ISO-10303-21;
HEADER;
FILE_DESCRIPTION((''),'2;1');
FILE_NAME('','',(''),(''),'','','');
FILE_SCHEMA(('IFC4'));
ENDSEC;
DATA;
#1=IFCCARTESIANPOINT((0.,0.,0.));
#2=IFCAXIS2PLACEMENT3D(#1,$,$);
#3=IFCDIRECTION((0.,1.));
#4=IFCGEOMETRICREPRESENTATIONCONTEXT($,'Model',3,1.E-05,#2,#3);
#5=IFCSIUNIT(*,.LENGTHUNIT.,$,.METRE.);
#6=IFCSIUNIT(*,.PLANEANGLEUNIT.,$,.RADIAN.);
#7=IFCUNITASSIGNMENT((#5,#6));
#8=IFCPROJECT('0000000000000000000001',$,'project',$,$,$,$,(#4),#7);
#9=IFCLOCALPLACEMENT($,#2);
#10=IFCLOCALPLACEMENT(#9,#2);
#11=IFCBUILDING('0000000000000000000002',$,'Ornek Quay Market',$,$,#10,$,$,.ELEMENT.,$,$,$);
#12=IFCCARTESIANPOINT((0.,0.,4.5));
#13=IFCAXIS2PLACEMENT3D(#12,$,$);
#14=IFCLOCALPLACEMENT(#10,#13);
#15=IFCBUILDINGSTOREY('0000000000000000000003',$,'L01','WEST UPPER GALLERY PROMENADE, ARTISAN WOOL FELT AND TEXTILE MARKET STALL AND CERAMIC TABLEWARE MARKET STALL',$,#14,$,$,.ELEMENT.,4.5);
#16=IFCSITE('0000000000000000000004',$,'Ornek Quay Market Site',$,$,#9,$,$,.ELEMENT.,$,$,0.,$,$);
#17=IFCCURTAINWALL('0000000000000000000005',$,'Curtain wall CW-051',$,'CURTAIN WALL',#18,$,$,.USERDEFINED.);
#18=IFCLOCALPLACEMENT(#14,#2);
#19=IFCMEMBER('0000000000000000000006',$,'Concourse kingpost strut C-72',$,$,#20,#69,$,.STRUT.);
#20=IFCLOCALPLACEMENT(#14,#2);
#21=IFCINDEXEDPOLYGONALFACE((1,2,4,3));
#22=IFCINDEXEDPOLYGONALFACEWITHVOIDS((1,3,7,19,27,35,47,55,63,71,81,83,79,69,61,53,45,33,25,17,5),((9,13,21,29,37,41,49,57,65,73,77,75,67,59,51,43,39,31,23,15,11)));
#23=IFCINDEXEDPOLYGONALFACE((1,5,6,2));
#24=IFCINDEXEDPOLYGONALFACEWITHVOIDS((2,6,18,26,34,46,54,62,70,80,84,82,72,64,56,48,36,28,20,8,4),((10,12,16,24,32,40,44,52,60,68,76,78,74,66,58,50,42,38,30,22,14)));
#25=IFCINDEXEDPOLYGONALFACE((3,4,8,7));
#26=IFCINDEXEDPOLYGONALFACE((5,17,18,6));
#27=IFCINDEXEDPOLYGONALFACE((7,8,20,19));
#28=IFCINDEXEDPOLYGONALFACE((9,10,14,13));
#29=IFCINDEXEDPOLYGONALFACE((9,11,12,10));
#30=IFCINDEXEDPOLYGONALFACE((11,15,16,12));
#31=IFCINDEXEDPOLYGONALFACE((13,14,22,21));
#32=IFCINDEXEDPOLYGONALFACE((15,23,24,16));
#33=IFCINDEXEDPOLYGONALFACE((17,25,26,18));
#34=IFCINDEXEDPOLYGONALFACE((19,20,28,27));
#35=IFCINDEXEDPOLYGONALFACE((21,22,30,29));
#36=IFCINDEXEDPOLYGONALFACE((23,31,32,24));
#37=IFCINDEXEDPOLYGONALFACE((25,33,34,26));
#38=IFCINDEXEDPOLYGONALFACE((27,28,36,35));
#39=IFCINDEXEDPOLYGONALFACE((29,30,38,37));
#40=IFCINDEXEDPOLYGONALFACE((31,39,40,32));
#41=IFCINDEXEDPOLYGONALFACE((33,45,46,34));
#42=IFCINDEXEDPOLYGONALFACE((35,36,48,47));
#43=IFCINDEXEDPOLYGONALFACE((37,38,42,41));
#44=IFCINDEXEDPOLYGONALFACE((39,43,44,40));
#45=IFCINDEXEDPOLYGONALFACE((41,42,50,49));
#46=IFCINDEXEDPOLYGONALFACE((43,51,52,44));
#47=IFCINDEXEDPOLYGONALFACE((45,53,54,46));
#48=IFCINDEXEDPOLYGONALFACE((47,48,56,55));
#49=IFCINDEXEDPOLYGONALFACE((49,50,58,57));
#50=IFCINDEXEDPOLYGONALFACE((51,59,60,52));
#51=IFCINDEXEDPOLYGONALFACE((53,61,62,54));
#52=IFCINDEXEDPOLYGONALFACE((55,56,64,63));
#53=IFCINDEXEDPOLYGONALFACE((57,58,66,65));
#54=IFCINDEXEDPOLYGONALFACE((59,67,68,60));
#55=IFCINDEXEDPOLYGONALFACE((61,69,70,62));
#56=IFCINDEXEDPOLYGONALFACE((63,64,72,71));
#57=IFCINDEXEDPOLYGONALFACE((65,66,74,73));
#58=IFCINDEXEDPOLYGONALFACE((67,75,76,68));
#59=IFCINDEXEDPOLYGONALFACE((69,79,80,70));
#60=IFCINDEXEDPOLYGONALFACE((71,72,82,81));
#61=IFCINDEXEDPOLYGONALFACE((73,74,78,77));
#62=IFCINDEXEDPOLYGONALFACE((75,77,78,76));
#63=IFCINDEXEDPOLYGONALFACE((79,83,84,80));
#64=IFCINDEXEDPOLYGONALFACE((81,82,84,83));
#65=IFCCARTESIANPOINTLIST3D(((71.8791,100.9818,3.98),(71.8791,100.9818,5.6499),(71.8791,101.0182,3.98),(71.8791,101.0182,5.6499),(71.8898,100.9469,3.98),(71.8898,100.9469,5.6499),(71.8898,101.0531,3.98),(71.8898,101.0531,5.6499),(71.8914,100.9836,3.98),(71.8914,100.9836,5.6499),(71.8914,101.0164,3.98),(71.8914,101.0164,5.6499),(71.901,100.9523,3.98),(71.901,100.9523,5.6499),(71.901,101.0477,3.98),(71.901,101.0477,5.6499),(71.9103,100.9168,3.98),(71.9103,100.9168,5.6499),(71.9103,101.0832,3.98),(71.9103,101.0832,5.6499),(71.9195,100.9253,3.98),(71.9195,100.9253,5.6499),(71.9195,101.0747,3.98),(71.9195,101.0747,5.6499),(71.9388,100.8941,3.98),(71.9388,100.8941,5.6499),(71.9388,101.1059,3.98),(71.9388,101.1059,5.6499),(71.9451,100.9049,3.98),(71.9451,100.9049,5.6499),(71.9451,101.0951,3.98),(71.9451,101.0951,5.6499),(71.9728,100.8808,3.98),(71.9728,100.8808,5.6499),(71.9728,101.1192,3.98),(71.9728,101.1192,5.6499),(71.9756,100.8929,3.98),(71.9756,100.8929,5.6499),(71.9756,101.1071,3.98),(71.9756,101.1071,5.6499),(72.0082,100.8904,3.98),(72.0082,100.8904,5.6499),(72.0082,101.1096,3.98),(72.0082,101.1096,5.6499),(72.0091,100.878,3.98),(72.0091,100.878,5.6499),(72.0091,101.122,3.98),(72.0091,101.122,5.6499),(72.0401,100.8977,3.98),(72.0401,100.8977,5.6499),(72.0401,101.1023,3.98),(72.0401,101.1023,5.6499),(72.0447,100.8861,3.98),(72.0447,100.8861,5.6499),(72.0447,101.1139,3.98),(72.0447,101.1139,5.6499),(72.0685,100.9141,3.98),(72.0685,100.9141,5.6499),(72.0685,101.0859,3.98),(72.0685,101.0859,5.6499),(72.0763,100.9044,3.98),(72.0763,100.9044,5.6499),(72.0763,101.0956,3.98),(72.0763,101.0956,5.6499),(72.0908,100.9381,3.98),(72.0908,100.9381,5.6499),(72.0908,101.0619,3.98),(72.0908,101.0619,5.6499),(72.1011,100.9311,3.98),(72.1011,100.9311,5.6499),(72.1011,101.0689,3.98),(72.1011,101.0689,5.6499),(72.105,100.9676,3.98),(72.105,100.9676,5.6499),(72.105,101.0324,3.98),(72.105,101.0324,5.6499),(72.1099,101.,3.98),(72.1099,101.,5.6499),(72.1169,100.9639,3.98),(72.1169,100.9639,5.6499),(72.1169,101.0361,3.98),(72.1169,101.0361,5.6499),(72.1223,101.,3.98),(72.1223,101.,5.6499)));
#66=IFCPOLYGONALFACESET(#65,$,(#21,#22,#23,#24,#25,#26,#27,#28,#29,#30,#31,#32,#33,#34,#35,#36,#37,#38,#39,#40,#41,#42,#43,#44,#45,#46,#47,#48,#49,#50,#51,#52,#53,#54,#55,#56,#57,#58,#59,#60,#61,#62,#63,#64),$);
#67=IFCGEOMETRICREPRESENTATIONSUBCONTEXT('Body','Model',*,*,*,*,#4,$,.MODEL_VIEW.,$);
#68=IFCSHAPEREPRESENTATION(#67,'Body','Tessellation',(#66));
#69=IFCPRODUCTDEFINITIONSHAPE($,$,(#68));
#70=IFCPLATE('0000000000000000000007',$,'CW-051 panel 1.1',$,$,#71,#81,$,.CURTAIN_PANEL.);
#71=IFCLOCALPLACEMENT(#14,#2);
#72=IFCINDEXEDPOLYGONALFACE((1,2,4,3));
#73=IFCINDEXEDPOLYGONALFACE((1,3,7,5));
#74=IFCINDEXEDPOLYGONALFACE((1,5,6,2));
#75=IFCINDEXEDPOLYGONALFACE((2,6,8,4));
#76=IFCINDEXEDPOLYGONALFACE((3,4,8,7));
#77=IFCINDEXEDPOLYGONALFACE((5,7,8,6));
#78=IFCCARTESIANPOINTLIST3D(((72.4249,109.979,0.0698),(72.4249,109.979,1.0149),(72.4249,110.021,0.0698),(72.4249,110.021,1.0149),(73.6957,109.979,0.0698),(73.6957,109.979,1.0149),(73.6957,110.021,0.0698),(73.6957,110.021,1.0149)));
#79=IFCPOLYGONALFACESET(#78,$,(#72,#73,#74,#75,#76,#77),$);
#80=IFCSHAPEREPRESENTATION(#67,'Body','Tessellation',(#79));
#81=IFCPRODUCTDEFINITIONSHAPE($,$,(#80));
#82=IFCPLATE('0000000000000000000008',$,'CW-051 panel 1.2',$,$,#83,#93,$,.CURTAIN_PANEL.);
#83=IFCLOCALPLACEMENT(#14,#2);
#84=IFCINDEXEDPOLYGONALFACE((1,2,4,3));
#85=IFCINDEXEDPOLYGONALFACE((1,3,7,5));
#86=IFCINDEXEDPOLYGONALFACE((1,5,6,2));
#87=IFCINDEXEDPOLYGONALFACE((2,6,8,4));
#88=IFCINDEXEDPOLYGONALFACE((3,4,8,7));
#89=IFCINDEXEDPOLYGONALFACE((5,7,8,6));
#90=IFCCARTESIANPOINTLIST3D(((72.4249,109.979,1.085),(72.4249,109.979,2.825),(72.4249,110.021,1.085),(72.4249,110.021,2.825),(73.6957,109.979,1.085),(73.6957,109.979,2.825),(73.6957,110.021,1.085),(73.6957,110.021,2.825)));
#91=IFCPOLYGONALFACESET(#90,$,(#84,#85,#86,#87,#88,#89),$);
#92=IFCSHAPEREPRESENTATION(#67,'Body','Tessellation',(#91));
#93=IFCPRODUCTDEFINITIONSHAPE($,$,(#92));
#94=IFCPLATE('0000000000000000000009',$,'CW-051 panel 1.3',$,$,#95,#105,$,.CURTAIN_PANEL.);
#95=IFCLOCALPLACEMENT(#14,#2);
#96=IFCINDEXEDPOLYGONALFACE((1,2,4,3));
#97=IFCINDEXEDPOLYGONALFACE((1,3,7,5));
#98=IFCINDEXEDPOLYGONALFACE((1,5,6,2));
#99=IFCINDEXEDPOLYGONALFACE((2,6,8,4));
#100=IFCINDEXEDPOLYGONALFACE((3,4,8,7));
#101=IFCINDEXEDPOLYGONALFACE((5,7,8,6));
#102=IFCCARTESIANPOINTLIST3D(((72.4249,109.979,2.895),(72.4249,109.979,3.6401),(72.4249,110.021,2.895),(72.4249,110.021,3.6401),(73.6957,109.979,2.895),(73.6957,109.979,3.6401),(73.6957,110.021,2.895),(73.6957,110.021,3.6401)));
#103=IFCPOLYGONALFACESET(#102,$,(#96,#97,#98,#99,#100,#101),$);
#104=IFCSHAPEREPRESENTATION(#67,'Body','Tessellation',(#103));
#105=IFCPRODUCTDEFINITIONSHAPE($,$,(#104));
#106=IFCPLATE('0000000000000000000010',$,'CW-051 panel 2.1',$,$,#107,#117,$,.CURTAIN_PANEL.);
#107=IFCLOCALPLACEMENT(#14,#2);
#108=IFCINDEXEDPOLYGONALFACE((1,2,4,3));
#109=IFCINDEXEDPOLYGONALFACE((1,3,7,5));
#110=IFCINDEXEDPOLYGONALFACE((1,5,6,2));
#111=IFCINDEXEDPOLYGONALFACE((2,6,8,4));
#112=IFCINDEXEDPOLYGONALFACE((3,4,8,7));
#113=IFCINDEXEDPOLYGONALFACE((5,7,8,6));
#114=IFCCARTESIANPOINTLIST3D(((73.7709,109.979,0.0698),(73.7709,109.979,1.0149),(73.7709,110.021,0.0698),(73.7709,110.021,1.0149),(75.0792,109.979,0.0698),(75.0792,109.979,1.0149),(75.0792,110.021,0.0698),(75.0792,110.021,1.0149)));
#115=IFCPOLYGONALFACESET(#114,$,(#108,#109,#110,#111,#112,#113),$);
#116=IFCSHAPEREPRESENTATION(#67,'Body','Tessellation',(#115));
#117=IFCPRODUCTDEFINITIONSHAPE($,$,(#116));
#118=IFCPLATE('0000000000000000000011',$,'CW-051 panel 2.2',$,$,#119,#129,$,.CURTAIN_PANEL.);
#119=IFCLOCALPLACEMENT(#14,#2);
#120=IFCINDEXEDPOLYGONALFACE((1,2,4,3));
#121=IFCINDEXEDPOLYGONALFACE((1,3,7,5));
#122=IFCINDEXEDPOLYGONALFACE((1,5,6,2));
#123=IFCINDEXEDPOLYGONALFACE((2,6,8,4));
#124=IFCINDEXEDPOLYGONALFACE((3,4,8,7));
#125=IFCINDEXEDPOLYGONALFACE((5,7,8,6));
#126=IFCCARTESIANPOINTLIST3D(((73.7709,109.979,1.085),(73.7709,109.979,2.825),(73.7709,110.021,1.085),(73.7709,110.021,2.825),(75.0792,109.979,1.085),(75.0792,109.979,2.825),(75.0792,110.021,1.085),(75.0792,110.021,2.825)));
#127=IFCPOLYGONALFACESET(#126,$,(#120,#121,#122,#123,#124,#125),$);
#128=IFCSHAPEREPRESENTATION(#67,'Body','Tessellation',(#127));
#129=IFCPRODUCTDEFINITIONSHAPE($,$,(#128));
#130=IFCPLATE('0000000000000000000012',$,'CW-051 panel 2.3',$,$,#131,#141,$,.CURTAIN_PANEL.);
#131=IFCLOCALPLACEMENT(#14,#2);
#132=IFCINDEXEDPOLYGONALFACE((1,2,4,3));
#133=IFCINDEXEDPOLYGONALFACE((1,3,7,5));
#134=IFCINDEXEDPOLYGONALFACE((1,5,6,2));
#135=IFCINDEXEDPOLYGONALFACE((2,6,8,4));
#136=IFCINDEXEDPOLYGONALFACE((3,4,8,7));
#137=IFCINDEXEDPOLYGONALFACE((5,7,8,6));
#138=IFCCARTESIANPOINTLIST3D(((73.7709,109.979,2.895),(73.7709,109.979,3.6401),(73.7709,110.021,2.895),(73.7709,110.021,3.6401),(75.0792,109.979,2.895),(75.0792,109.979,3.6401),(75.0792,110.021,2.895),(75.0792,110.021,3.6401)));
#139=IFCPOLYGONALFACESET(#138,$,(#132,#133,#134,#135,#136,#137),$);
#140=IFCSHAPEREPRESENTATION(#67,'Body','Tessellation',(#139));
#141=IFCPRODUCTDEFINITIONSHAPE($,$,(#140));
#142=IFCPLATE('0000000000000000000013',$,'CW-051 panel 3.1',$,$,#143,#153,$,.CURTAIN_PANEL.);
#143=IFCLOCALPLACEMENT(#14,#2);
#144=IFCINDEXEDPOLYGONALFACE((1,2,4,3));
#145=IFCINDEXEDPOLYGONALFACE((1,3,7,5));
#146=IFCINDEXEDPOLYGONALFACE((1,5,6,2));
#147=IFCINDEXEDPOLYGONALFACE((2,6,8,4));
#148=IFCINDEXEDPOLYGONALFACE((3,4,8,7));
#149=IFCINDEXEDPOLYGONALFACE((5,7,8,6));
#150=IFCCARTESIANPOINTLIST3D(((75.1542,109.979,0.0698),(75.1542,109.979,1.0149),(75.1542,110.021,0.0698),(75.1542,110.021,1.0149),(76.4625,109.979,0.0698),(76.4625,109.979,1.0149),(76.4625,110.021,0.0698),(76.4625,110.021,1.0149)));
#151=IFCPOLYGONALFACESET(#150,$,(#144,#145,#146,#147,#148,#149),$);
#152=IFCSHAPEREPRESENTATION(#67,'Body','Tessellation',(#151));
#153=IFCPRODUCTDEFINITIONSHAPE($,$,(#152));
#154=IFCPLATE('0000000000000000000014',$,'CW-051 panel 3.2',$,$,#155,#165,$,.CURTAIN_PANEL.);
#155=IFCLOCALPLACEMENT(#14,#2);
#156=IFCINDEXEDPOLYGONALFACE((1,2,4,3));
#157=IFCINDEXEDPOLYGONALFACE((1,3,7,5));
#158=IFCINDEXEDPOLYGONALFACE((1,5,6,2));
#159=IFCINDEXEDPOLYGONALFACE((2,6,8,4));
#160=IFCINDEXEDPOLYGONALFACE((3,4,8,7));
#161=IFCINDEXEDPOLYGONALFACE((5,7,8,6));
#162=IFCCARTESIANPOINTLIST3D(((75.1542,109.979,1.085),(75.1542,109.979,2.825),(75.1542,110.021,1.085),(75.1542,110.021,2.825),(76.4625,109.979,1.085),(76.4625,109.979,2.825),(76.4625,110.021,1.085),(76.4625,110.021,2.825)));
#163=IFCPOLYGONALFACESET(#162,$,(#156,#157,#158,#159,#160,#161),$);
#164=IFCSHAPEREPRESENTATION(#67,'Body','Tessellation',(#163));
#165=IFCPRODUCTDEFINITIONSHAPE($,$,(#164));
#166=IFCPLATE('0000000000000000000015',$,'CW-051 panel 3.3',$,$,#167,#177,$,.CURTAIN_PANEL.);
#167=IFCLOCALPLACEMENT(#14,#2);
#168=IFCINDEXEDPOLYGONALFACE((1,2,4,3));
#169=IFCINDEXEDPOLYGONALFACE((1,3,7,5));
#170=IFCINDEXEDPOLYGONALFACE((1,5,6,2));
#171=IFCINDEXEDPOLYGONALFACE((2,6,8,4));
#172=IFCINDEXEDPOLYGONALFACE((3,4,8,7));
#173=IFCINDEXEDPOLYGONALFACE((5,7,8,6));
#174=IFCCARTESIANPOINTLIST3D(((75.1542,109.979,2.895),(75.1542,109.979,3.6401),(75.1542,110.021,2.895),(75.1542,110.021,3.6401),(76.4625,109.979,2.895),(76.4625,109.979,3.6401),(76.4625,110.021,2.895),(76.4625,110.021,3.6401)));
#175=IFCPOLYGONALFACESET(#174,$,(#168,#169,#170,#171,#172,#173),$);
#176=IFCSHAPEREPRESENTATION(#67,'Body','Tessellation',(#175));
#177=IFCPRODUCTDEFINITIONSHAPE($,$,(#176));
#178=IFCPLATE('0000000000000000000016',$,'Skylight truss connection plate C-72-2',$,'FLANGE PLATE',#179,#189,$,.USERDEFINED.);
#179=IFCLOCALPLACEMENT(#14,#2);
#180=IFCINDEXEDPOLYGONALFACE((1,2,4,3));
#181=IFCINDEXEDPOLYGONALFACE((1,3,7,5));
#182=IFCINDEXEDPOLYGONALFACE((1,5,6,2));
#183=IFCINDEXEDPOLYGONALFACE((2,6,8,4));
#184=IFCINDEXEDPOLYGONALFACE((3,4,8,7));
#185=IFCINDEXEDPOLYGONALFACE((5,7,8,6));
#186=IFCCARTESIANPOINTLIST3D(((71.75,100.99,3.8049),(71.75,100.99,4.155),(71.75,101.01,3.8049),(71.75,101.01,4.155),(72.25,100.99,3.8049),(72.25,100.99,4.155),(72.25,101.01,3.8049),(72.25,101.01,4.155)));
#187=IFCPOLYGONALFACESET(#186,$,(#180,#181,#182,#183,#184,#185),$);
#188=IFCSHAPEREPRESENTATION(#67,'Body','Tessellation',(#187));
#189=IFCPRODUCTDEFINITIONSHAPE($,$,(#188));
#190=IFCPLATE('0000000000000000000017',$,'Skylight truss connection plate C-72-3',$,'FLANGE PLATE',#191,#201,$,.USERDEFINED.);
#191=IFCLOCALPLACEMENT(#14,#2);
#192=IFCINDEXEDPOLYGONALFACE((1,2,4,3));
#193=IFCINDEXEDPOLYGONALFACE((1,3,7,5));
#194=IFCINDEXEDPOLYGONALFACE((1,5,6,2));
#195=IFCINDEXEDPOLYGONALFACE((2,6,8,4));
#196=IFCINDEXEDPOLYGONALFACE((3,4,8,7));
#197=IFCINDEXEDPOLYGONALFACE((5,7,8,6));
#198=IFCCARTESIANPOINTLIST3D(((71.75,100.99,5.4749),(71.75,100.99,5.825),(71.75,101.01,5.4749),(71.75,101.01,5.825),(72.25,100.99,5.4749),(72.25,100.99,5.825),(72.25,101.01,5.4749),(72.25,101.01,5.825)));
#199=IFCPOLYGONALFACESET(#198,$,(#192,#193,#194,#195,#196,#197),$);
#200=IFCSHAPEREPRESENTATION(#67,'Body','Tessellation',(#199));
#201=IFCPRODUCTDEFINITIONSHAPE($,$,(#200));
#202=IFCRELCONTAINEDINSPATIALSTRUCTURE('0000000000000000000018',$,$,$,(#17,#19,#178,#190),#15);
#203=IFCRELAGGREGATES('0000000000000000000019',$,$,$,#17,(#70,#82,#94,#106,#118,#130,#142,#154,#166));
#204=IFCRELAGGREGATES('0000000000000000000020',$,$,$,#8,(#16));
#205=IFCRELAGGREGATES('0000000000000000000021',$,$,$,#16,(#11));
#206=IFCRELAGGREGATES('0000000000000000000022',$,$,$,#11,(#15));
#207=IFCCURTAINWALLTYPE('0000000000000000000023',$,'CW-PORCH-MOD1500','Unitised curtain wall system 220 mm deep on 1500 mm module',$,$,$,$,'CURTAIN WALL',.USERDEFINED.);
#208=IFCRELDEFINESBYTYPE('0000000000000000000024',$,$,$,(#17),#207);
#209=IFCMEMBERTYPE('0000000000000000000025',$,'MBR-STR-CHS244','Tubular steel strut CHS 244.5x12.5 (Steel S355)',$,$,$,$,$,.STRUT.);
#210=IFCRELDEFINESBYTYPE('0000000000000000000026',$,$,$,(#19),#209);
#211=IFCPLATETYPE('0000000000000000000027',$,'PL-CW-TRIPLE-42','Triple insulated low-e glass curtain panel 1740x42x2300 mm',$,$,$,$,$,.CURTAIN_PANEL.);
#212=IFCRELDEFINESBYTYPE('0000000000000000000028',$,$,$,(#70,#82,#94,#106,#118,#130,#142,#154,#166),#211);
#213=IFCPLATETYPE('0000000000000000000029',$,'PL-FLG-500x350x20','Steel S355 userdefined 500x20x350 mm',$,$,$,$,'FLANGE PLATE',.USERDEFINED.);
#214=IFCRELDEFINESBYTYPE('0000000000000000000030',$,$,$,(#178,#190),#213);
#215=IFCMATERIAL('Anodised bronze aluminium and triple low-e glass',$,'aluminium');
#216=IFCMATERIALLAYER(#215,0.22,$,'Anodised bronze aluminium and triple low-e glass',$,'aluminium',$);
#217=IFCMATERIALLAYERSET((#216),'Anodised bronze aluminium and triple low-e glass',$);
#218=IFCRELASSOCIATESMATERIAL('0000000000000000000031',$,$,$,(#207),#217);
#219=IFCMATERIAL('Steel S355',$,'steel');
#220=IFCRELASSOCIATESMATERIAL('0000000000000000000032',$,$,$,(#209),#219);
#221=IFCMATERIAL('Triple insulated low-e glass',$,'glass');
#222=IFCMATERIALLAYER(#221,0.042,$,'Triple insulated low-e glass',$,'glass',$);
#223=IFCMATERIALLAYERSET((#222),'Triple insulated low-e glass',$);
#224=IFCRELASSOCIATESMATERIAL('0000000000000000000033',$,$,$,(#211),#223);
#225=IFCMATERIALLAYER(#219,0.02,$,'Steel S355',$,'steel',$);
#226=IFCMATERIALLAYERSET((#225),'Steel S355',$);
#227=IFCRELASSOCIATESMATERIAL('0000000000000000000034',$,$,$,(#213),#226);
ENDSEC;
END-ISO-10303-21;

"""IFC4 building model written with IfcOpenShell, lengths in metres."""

from ifc_helpers import new_model, si_unit, direction, frame, origin, origin_2d, place, context, subcontext, project, spatial, rectangle, hollow_circle, extrude, material, layer, layer_set, material_profile, profile_set, type_object, element, aggregate, save


model = new_model("IFC4")

# Units and contexts
model_context = context("Model", 3, precision=1e-05, world=origin(), true_north=direction((0.0, 1.0)))
body_context = subcontext(model_context, "Body", "Model", "MODEL_VIEW")
ifc_project = project(units=[si_unit("LENGTHUNIT", "METRE"), si_unit("PLANEANGLEUNIT", "RADIAN")], contexts=[model_context])

# Site, building, storey
site_placement = place(None, origin())
site = spatial("IfcSite", under=ifc_project, at=site_placement, Name="Ornek Quay Market Site", CompositionType="ELEMENT", RefElevation=0.0)
building_placement = place(site_placement, origin())
building = spatial("IfcBuilding", under=site, at=building_placement, Name="Ornek Quay Market", CompositionType="ELEMENT")
storey_placement = place(building_placement, frame((0.0, 0.0, 4.5)))
storey = spatial("IfcBuildingStorey", under=building, at=storey_placement, Name="L01", Description="WEST UPPER GALLERY PROMENADE, ARTISAN WOOL FELT AND TEXTILE MARKET STALL AND CERAMIC TABLEWARE MARKET STALL", CompositionType="ELEMENT", Elevation=4.5)

# Curtain wall
ifc_material_1 = material(Name="Anodised bronze aluminium and triple low-e glass", Category="aluminium")
ifc_layer_1 = layer(ifc_material_1, 0.22, Name="Anodised bronze aluminium and triple low-e glass", Category="aluminium")
ifc_layer_set_1 = layer_set([ifc_layer_1], Name="Anodised bronze aluminium and triple low-e glass")
curtain_wall_type = type_object("IfcCurtainWallType", Name="CW-PORCH-MOD1500", Description="Unitised curtain wall system 220 mm deep on 1500 mm module", ElementType="CURTAIN WALL", PredefinedType="USERDEFINED", material=ifc_layer_set_1)
curtain_wall_placement = place(storey_placement, origin())
curtain_wall = element("IfcCurtainWall", 1, at=curtain_wall_placement, inside=storey, type_object=curtain_wall_type, Name="Curtain wall CW-051", ObjectType="CURTAIN WALL", PredefinedType="USERDEFINED")

# Member
ifc_material_2 = material(Name="Steel S355", Category="steel")
ifc_material_profile_1 = material_profile(ifc_material_2, hollow_circle(Radius=0.1223, WallThickness=0.0125, at=origin_2d()), Name="CHS 244.5x12.5", Category="steel")
ifc_profile_set_1 = profile_set([ifc_material_profile_1], Name="Steel S355")
member_type_1 = type_object("IfcMemberType", Name="MBR-STR-CHS244", Description="Tubular steel strut CHS 244.5x12.5 (Steel S355)", PredefinedType="STRUT", material=ifc_profile_set_1)
member_1_placement = place(storey_placement, frame((72.0, 101.0, 3.98), z_axis=(0.0, 0.0, 1.0), x_axis=(1.0, 0.0, 0.0)))
element("IfcMember", 2, at=member_1_placement, inside=storey, type_object=member_type_1, Name="Concourse kingpost strut C-72", PredefinedType="STRUT", context=body_context, shape_type="SweptSolid", body=[
    extrude(hollow_circle(Radius=0.1223, WallThickness=0.0125, at=origin_2d()), origin(), (0.0, 0.0, 1.0), 1.6699),
])

# Plates
ifc_material_3 = material(Name="Triple insulated low-e glass", Category="glass")
ifc_layer_2 = layer(ifc_material_3, 0.042, Name="Triple insulated low-e glass", Category="glass")
ifc_layer_set_2 = layer_set([ifc_layer_2], Name="Triple insulated low-e glass")
plate_type_1 = type_object("IfcPlateType", Name="PL-CW-TRIPLE-42", Description="Triple insulated low-e glass curtain panel 1740x42x2300 mm", PredefinedType="CURTAIN_PANEL", material=ifc_layer_set_2)
plate_1_placement = place(storey_placement, frame((73.0603, 110.0, 0.0698), z_axis=(0.0, 0.0, 1.0), x_axis=(1.0, 0.0, 0.0)))
plate_1 = element("IfcPlate", 3, at=plate_1_placement, type_object=plate_type_1, Name="CW-051 panel 1.1", PredefinedType="CURTAIN_PANEL", context=body_context, shape_type="SweptSolid", body=[
    extrude(rectangle(XDim=1.2708, YDim=0.042, at=origin_2d()), origin(), (0.0, 0.0, 1.0), 0.9451),
])
plate_2_placement = place(storey_placement, frame((73.0603, 110.0, 1.085), z_axis=(0.0, 0.0, 1.0), x_axis=(1.0, 0.0, 0.0)))
plate_2 = element("IfcPlate", 4, at=plate_2_placement, type_object=plate_type_1, Name="CW-051 panel 1.2", PredefinedType="CURTAIN_PANEL", context=body_context, shape_type="SweptSolid", body=[
    extrude(rectangle(XDim=1.2708, YDim=0.042, at=origin_2d()), origin(), (0.0, 0.0, 1.0), 1.74),
])
plate_3_placement = place(storey_placement, frame((73.0603, 110.0, 2.895), z_axis=(0.0, 0.0, 1.0), x_axis=(1.0, 0.0, 0.0)))
plate_3 = element("IfcPlate", 5, at=plate_3_placement, type_object=plate_type_1, Name="CW-051 panel 1.3", PredefinedType="CURTAIN_PANEL", context=body_context, shape_type="SweptSolid", body=[
    extrude(rectangle(XDim=1.2708, YDim=0.042, at=origin_2d()), origin(), (0.0, 0.0, 1.0), 0.7451),
])
plate_4_placement = place(storey_placement, frame((74.425, 110.0, 0.0698), z_axis=(0.0, 0.0, 1.0), x_axis=(1.0, 0.0, 0.0)))
plate_4 = element("IfcPlate", 6, at=plate_4_placement, type_object=plate_type_1, Name="CW-051 panel 2.1", PredefinedType="CURTAIN_PANEL", context=body_context, shape_type="SweptSolid", body=[
    extrude(rectangle(XDim=1.3083, YDim=0.042, at=origin_2d()), origin(), (0.0, 0.0, 1.0), 0.9451),
])
plate_5_placement = place(storey_placement, frame((74.425, 110.0, 1.085), z_axis=(0.0, 0.0, 1.0), x_axis=(1.0, 0.0, 0.0)))
plate_5 = element("IfcPlate", 7, at=plate_5_placement, type_object=plate_type_1, Name="CW-051 panel 2.2", PredefinedType="CURTAIN_PANEL", context=body_context, shape_type="SweptSolid", body=[
    extrude(rectangle(XDim=1.3083, YDim=0.042, at=origin_2d()), origin(), (0.0, 0.0, 1.0), 1.74),
])
plate_6_placement = place(storey_placement, frame((74.425, 110.0, 2.895), z_axis=(0.0, 0.0, 1.0), x_axis=(1.0, 0.0, 0.0)))
plate_6 = element("IfcPlate", 8, at=plate_6_placement, type_object=plate_type_1, Name="CW-051 panel 2.3", PredefinedType="CURTAIN_PANEL", context=body_context, shape_type="SweptSolid", body=[
    extrude(rectangle(XDim=1.3083, YDim=0.042, at=origin_2d()), origin(), (0.0, 0.0, 1.0), 0.7451),
])
plate_7_placement = place(storey_placement, frame((75.8083, 110.0, 0.0698), z_axis=(0.0, 0.0, 1.0), x_axis=(1.0, 0.0, 0.0)))
plate_7 = element("IfcPlate", 9, at=plate_7_placement, type_object=plate_type_1, Name="CW-051 panel 3.1", PredefinedType="CURTAIN_PANEL", context=body_context, shape_type="SweptSolid", body=[
    extrude(rectangle(XDim=1.3083, YDim=0.042, at=origin_2d()), origin(), (0.0, 0.0, 1.0), 0.9451),
])
plate_8_placement = place(storey_placement, frame((75.8083, 110.0, 1.085), z_axis=(0.0, 0.0, 1.0), x_axis=(1.0, 0.0, 0.0)))
plate_8 = element("IfcPlate", 10, at=plate_8_placement, type_object=plate_type_1, Name="CW-051 panel 3.2", PredefinedType="CURTAIN_PANEL", context=body_context, shape_type="SweptSolid", body=[
    extrude(rectangle(XDim=1.3083, YDim=0.042, at=origin_2d()), origin(), (0.0, 0.0, 1.0), 1.74),
])
plate_9_placement = place(storey_placement, frame((75.8083, 110.0, 2.895), z_axis=(0.0, 0.0, 1.0), x_axis=(1.0, 0.0, 0.0)))
plate_9 = element("IfcPlate", 11, at=plate_9_placement, type_object=plate_type_1, Name="CW-051 panel 3.3", PredefinedType="CURTAIN_PANEL", context=body_context, shape_type="SweptSolid", body=[
    extrude(rectangle(XDim=1.3083, YDim=0.042, at=origin_2d()), origin(), (0.0, 0.0, 1.0), 0.7451),
])
aggregate(curtain_wall, [plate_1, plate_2, plate_3, plate_4, plate_5, plate_6, plate_7, plate_8, plate_9])

# Plates
ifc_layer_3 = layer(ifc_material_2, 0.02, Name="Steel S355", Category="steel")
ifc_layer_set_3 = layer_set([ifc_layer_3], Name="Steel S355")
plate_type_2 = type_object("IfcPlateType", Name="PL-FLG-500x350x20", Description="Steel S355 userdefined 500x20x350 mm", ElementType="FLANGE PLATE", PredefinedType="USERDEFINED", material=ifc_layer_set_3)
for number, where, z_axis, x_axis, name in (
    (12, (72.0, 101.0, 3.8049), (0.0, 0.0, 1.0), (1.0, 0.0, 0.0), "Skylight truss connection plate C-72-2"),
    (13, (72.0, 101.0, 5.4749), (0.0, 0.0, 1.0), (1.0, 0.0, 0.0), "Skylight truss connection plate C-72-3"),
):
    element("IfcPlate", number, at=place(storey_placement, frame(where, z_axis=z_axis, x_axis=x_axis)), inside=storey, type_object=plate_type_2, Name=name, ObjectType="FLANGE PLATE", PredefinedType="USERDEFINED", context=body_context, shape_type="SweptSolid", body=[
        extrude(rectangle(XDim=0.5, YDim=0.02, at=origin_2d()), origin(), (0.0, 0.0, 1.0), 0.3501),
    ])

save(model, "model.ifc")
